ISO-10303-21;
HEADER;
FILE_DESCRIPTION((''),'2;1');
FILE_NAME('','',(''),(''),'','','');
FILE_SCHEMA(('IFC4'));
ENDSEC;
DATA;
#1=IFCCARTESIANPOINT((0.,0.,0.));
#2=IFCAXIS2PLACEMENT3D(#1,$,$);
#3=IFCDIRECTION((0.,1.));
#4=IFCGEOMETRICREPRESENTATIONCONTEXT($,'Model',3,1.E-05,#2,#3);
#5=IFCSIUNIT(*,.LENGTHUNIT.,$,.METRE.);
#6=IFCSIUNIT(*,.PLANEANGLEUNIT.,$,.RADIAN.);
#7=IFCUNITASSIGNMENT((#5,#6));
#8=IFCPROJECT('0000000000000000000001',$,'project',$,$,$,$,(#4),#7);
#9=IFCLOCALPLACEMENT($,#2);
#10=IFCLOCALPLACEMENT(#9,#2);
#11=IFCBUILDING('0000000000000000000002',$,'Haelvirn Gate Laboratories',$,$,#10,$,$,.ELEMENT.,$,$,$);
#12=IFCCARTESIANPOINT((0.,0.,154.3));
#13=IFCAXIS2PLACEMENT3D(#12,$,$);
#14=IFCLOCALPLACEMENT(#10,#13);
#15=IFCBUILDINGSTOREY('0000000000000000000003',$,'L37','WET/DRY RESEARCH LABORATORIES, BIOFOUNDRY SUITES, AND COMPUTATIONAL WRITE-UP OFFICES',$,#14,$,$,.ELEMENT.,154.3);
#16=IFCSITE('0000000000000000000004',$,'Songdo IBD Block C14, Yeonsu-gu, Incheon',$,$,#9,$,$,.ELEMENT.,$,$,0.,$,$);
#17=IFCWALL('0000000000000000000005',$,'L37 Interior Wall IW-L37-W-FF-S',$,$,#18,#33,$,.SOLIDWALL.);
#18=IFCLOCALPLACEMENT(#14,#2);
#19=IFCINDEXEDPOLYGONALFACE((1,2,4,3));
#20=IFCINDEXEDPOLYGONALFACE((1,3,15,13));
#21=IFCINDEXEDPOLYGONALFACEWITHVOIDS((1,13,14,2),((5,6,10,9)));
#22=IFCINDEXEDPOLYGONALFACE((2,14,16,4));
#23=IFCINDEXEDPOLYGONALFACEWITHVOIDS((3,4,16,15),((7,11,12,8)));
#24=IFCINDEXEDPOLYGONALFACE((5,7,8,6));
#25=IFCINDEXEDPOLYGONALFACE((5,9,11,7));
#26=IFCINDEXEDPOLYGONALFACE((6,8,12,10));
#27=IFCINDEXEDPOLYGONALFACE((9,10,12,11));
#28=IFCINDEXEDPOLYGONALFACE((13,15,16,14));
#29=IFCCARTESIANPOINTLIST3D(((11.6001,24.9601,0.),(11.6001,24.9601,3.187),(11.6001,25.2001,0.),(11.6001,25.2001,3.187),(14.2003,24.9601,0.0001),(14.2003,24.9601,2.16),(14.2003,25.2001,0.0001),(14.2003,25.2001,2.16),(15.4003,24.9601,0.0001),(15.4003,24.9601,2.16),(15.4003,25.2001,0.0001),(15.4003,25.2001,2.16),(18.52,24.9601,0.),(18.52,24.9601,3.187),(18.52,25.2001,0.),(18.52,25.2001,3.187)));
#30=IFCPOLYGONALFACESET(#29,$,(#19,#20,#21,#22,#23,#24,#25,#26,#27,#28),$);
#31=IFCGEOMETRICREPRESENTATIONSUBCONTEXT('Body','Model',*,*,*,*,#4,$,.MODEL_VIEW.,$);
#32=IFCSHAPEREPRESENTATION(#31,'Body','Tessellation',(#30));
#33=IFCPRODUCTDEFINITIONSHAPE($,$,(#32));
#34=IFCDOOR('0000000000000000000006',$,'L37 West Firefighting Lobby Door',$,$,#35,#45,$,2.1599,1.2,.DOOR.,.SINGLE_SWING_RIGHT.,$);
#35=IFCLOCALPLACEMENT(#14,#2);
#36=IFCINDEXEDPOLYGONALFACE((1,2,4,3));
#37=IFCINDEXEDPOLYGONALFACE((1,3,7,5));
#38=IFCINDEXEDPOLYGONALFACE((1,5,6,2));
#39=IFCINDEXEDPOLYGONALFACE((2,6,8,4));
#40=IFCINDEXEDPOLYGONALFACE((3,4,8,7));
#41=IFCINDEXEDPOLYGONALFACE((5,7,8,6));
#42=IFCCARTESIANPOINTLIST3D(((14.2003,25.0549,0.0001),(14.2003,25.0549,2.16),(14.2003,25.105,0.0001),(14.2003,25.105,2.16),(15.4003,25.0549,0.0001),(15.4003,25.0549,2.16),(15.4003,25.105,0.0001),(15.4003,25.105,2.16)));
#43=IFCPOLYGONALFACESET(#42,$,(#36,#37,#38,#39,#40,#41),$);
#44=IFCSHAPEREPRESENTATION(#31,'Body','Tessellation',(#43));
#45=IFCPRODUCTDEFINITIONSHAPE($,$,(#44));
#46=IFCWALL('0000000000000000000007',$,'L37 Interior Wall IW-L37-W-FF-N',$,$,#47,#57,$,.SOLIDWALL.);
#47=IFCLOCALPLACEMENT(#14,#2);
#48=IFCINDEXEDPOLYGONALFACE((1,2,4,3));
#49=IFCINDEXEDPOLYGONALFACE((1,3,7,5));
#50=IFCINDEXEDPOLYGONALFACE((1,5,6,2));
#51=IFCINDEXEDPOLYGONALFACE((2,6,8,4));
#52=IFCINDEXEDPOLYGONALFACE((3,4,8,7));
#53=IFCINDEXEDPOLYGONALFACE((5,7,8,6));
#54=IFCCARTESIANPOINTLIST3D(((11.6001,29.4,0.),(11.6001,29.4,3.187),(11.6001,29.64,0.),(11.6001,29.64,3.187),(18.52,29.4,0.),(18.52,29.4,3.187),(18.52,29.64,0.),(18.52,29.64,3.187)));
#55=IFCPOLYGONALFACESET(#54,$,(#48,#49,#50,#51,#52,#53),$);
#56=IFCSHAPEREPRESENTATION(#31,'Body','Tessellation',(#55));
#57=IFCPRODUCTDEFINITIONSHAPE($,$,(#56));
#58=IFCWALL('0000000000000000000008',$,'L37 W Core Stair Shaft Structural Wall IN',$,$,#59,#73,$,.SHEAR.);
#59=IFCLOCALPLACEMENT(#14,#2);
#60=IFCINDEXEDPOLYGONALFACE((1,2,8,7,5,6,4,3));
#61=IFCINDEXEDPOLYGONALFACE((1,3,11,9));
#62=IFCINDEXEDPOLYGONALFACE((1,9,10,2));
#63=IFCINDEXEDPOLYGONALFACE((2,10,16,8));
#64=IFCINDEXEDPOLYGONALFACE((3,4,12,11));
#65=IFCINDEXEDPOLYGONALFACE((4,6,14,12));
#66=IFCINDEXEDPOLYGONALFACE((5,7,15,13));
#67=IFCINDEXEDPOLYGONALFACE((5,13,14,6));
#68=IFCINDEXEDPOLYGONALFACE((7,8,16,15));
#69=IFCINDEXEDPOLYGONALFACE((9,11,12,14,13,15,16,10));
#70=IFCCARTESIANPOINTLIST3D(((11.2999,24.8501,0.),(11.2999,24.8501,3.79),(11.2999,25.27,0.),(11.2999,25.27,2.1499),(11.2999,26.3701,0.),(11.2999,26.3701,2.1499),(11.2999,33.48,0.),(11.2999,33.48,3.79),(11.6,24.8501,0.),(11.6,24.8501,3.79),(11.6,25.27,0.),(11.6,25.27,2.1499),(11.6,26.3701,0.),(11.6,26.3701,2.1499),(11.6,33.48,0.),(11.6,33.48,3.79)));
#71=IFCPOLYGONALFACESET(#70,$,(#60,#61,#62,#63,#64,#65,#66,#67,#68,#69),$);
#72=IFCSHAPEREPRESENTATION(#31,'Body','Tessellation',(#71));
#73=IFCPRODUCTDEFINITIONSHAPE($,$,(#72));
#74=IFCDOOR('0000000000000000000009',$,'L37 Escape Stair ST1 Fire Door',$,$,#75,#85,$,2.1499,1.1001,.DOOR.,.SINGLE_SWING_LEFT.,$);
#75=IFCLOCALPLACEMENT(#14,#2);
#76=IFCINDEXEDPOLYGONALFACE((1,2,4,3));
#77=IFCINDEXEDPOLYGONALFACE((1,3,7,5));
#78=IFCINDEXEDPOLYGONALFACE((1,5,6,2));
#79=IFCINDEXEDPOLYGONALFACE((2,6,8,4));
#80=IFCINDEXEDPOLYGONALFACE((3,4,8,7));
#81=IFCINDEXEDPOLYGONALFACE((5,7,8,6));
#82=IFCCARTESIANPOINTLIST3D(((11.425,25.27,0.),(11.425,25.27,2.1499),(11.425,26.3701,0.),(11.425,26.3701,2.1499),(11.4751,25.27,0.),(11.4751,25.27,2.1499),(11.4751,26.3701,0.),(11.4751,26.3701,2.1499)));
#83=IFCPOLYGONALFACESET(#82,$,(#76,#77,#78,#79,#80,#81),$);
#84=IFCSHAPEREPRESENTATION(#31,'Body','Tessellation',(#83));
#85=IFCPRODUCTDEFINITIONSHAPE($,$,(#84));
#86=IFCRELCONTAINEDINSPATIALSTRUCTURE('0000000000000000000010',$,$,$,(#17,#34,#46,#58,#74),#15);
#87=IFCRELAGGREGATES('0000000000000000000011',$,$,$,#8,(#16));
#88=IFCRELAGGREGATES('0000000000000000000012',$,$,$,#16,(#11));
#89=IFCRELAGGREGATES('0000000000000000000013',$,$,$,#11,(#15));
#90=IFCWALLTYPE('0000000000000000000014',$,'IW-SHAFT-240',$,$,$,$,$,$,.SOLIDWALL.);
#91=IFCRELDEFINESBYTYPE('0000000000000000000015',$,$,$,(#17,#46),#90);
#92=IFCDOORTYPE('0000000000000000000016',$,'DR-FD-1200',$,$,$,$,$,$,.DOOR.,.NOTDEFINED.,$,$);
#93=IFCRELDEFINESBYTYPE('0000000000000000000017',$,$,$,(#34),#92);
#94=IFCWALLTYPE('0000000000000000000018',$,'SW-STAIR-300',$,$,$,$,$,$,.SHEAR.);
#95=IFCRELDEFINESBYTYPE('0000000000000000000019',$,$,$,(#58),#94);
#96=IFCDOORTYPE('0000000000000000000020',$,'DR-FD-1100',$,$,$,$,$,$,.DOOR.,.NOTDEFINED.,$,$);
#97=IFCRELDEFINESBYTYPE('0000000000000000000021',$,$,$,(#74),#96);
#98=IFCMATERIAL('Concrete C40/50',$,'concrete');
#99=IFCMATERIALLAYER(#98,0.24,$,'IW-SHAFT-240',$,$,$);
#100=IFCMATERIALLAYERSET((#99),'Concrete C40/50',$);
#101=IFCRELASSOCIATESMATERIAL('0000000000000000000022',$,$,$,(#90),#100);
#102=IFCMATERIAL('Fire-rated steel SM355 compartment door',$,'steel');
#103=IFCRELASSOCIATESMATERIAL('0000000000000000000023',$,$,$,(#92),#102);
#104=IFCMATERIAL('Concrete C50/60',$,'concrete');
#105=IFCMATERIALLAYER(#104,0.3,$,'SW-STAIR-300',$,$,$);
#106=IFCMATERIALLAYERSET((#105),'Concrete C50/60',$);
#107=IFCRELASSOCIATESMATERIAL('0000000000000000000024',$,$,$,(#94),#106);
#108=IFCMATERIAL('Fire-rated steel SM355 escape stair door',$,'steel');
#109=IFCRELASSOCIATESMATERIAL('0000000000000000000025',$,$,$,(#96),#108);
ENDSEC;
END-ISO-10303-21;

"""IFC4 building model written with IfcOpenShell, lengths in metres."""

from ifc_helpers import new_model, si_unit, direction, frame, frame_2d, origin, place, context, subcontext, project, spatial, rectangle, extrude, source, transform, mapped, material, layer, layer_set, type_object, type_shapes, element, fill, save


model = new_model("IFC4")

# Units and contexts
model_context = context("Model", 3, precision=1e-05, world=origin(), true_north=direction((0.0, 1.0)))
body_context = subcontext(model_context, "Body", "Model", "MODEL_VIEW")
ifc_project = project(units=[si_unit("LENGTHUNIT", "METRE"), si_unit("PLANEANGLEUNIT", "RADIAN")], contexts=[model_context])

# Site, building, storey
site_placement = place(None, origin())
site = spatial("IfcSite", under=ifc_project, at=site_placement, Name="Songdo IBD Block C14, Yeonsu-gu, Incheon", CompositionType="ELEMENT", RefElevation=0.0)
building_placement = place(site_placement, origin())
building = spatial("IfcBuilding", under=site, at=building_placement, Name="Haelvirn Gate Laboratories", CompositionType="ELEMENT")
storey_placement = place(building_placement, frame((0.0, 0.0, 154.3)))
storey = spatial("IfcBuildingStorey", under=building, at=storey_placement, Name="L37", Description="WET/DRY RESEARCH LABORATORIES, BIOFOUNDRY SUITES, AND COMPUTATIONAL WRITE-UP OFFICES", CompositionType="ELEMENT", Elevation=154.3)

# Shared definitions
ifc_material_1 = material(Name="Concrete C50/60", Category="concrete")

# Shared definitions
ifc_material_2 = material(Name="Concrete C40/50", Category="concrete")

# Wall, opening, door
ifc_layer_1 = layer(ifc_material_2, 0.24, Name="IW-SHAFT-240")
ifc_layer_set_1 = layer_set([ifc_layer_1], Name="Concrete C40/50")
wall_type_1 = type_object("IfcWallType", Name="IW-SHAFT-240", PredefinedType="SOLIDWALL", material=ifc_layer_set_1)
wall_1_placement = place(storey_placement, frame((11.6001, 25.0801, 0.0), z_axis=(0.0, 0.0, 1.0), x_axis=(1.0, 0.0, 0.0)))
wall_1 = element("IfcWall", 1, at=wall_1_placement, inside=storey, type_object=wall_type_1, Name="L37 Interior Wall IW-L37-W-FF-S", PredefinedType="SOLIDWALL", context=body_context, shape_type="SweptSolid", body=[
    extrude(rectangle(XDim=6.9199, YDim=0.24, at=frame_2d((3.46, 0.0))), origin(), (0.0, 0.0, 1.0), 3.187),
])
opening_1_placement = place(wall_1_placement, frame((2.6001, 0.0, 0.0)))
opening_1 = element("IfcOpeningElement", 2, at=opening_1_placement, cuts=wall_1, PredefinedType="OPENING", context=body_context, shape_type="SweptSolid", body=[
    extrude(rectangle(XDim=1.2, YDim=2.1599, at=frame_2d((0.6001, 1.0801))), frame((0.0, 0.1299, 0.0), z_axis=(0.0, -1.0, 0.0), x_axis=(1.0, 0.0, 0.0)), (0.0, 0.0, 1.0), 0.26),
])
ifc_material_3 = material(Name="Fire-rated steel SM355 compartment door", Category="steel")
door_type_1 = type_object("IfcDoorType", Name="DR-FD-1200", OperationType="NOTDEFINED", PredefinedType="DOOR", material=ifc_material_3)
shared_shape_1 = source(origin(), body_context, "Body", "SweptSolid", [
    extrude(rectangle(XDim=1.2, YDim=2.1599, at=frame_2d((0.6001, 1.0801))), frame((0.0, 0.0249, 0.0), z_axis=(0.0, -1.0, 0.0), x_axis=(1.0, 0.0, 0.0)), (0.0, 0.0, 1.0), 0.05),
])
type_shapes(door_type_1, [shared_shape_1])
door_1_placement = place(opening_1_placement, origin())
door_1 = element("IfcDoor", 3, at=door_1_placement, inside=storey, type_object=door_type_1, Name="L37 West Firefighting Lobby Door", OperationType="SINGLE_SWING_RIGHT", OverallHeight=2.1599, OverallWidth=1.2, PredefinedType="DOOR", context=body_context, shape_type="MappedRepresentation", body=[
    mapped(shared_shape_1, transform((0.0, 0.0, 0.0), scale=1.0)),
])
fill(opening_1, door_1)

# Wall
wall_2_placement = place(storey_placement, frame((11.6001, 29.52, 0.0), z_axis=(0.0, 0.0, 1.0), x_axis=(1.0, 0.0, 0.0)))
element("IfcWall", 4, at=wall_2_placement, inside=storey, type_object=wall_type_1, Name="L37 Interior Wall IW-L37-W-FF-N", PredefinedType="SOLIDWALL", context=body_context, shape_type="SweptSolid", body=[
    extrude(rectangle(XDim=6.9199, YDim=0.24, at=frame_2d((3.46, 0.0))), origin(), (0.0, 0.0, 1.0), 3.187),
])

# Wall, opening, door
ifc_layer_2 = layer(ifc_material_1, 0.3, Name="SW-STAIR-300")
ifc_layer_set_2 = layer_set([ifc_layer_2], Name="Concrete C50/60")
wall_type_2 = type_object("IfcWallType", Name="SW-STAIR-300", PredefinedType="SHEAR", material=ifc_layer_set_2)
wall_3_placement = place(storey_placement, frame((11.45, 24.8501, 0.0), z_axis=(0.0, 0.0, 1.0), x_axis=(0.0, 1.0, 0.0)))
wall_3 = element("IfcWall", 5, at=wall_3_placement, inside=storey, type_object=wall_type_2, Name="L37 W Core Stair Shaft Structural Wall IN", PredefinedType="SHEAR", context=body_context, shape_type="SweptSolid", body=[
    extrude(rectangle(XDim=8.6299, YDim=0.3, at=frame_2d((4.3149, 0.0))), origin(), (0.0, 0.0, 1.0), 3.79),
])
opening_2_placement = place(wall_3_placement, frame((0.4199, 0.0, 0.0)))
opening_2 = element("IfcOpeningElement", 6, at=opening_2_placement, cuts=wall_3, PredefinedType="OPENING", context=body_context, shape_type="SweptSolid", body=[
    extrude(rectangle(XDim=1.1001, YDim=2.1499, at=frame_2d((0.55, 1.075))), frame((0.0, 0.1602, 0.0), z_axis=(0.0, -1.0, 0.0), x_axis=(1.0, 0.0, 0.0)), (0.0, 0.0, 1.0), 0.3201),
])
ifc_material_4 = material(Name="Fire-rated steel SM355 escape stair door", Category="steel")
door_type_2 = type_object("IfcDoorType", Name="DR-FD-1100", OperationType="NOTDEFINED", PredefinedType="DOOR", material=ifc_material_4)
shared_shape_2 = source(origin(), body_context, "Body", "SweptSolid", [
    extrude(rectangle(XDim=1.1001, YDim=2.1499, at=frame_2d((0.55, 1.075))), frame((0.0, 0.0249, 0.0), z_axis=(0.0, -1.0, 0.0), x_axis=(1.0, 0.0, 0.0)), (0.0, 0.0, 1.0), 0.05),
])
type_shapes(door_type_2, [shared_shape_2])
door_2_placement = place(opening_2_placement, origin())
door_2 = element("IfcDoor", 7, at=door_2_placement, inside=storey, type_object=door_type_2, Name="L37 Escape Stair ST1 Fire Door", OperationType="SINGLE_SWING_LEFT", OverallHeight=2.1499, OverallWidth=1.1001, PredefinedType="DOOR", context=body_context, shape_type="MappedRepresentation", body=[
    mapped(shared_shape_2, transform((0.0, 0.0, 0.0), scale=1.0)),
])
fill(opening_2, door_2)

save(model, "model.ifc")
